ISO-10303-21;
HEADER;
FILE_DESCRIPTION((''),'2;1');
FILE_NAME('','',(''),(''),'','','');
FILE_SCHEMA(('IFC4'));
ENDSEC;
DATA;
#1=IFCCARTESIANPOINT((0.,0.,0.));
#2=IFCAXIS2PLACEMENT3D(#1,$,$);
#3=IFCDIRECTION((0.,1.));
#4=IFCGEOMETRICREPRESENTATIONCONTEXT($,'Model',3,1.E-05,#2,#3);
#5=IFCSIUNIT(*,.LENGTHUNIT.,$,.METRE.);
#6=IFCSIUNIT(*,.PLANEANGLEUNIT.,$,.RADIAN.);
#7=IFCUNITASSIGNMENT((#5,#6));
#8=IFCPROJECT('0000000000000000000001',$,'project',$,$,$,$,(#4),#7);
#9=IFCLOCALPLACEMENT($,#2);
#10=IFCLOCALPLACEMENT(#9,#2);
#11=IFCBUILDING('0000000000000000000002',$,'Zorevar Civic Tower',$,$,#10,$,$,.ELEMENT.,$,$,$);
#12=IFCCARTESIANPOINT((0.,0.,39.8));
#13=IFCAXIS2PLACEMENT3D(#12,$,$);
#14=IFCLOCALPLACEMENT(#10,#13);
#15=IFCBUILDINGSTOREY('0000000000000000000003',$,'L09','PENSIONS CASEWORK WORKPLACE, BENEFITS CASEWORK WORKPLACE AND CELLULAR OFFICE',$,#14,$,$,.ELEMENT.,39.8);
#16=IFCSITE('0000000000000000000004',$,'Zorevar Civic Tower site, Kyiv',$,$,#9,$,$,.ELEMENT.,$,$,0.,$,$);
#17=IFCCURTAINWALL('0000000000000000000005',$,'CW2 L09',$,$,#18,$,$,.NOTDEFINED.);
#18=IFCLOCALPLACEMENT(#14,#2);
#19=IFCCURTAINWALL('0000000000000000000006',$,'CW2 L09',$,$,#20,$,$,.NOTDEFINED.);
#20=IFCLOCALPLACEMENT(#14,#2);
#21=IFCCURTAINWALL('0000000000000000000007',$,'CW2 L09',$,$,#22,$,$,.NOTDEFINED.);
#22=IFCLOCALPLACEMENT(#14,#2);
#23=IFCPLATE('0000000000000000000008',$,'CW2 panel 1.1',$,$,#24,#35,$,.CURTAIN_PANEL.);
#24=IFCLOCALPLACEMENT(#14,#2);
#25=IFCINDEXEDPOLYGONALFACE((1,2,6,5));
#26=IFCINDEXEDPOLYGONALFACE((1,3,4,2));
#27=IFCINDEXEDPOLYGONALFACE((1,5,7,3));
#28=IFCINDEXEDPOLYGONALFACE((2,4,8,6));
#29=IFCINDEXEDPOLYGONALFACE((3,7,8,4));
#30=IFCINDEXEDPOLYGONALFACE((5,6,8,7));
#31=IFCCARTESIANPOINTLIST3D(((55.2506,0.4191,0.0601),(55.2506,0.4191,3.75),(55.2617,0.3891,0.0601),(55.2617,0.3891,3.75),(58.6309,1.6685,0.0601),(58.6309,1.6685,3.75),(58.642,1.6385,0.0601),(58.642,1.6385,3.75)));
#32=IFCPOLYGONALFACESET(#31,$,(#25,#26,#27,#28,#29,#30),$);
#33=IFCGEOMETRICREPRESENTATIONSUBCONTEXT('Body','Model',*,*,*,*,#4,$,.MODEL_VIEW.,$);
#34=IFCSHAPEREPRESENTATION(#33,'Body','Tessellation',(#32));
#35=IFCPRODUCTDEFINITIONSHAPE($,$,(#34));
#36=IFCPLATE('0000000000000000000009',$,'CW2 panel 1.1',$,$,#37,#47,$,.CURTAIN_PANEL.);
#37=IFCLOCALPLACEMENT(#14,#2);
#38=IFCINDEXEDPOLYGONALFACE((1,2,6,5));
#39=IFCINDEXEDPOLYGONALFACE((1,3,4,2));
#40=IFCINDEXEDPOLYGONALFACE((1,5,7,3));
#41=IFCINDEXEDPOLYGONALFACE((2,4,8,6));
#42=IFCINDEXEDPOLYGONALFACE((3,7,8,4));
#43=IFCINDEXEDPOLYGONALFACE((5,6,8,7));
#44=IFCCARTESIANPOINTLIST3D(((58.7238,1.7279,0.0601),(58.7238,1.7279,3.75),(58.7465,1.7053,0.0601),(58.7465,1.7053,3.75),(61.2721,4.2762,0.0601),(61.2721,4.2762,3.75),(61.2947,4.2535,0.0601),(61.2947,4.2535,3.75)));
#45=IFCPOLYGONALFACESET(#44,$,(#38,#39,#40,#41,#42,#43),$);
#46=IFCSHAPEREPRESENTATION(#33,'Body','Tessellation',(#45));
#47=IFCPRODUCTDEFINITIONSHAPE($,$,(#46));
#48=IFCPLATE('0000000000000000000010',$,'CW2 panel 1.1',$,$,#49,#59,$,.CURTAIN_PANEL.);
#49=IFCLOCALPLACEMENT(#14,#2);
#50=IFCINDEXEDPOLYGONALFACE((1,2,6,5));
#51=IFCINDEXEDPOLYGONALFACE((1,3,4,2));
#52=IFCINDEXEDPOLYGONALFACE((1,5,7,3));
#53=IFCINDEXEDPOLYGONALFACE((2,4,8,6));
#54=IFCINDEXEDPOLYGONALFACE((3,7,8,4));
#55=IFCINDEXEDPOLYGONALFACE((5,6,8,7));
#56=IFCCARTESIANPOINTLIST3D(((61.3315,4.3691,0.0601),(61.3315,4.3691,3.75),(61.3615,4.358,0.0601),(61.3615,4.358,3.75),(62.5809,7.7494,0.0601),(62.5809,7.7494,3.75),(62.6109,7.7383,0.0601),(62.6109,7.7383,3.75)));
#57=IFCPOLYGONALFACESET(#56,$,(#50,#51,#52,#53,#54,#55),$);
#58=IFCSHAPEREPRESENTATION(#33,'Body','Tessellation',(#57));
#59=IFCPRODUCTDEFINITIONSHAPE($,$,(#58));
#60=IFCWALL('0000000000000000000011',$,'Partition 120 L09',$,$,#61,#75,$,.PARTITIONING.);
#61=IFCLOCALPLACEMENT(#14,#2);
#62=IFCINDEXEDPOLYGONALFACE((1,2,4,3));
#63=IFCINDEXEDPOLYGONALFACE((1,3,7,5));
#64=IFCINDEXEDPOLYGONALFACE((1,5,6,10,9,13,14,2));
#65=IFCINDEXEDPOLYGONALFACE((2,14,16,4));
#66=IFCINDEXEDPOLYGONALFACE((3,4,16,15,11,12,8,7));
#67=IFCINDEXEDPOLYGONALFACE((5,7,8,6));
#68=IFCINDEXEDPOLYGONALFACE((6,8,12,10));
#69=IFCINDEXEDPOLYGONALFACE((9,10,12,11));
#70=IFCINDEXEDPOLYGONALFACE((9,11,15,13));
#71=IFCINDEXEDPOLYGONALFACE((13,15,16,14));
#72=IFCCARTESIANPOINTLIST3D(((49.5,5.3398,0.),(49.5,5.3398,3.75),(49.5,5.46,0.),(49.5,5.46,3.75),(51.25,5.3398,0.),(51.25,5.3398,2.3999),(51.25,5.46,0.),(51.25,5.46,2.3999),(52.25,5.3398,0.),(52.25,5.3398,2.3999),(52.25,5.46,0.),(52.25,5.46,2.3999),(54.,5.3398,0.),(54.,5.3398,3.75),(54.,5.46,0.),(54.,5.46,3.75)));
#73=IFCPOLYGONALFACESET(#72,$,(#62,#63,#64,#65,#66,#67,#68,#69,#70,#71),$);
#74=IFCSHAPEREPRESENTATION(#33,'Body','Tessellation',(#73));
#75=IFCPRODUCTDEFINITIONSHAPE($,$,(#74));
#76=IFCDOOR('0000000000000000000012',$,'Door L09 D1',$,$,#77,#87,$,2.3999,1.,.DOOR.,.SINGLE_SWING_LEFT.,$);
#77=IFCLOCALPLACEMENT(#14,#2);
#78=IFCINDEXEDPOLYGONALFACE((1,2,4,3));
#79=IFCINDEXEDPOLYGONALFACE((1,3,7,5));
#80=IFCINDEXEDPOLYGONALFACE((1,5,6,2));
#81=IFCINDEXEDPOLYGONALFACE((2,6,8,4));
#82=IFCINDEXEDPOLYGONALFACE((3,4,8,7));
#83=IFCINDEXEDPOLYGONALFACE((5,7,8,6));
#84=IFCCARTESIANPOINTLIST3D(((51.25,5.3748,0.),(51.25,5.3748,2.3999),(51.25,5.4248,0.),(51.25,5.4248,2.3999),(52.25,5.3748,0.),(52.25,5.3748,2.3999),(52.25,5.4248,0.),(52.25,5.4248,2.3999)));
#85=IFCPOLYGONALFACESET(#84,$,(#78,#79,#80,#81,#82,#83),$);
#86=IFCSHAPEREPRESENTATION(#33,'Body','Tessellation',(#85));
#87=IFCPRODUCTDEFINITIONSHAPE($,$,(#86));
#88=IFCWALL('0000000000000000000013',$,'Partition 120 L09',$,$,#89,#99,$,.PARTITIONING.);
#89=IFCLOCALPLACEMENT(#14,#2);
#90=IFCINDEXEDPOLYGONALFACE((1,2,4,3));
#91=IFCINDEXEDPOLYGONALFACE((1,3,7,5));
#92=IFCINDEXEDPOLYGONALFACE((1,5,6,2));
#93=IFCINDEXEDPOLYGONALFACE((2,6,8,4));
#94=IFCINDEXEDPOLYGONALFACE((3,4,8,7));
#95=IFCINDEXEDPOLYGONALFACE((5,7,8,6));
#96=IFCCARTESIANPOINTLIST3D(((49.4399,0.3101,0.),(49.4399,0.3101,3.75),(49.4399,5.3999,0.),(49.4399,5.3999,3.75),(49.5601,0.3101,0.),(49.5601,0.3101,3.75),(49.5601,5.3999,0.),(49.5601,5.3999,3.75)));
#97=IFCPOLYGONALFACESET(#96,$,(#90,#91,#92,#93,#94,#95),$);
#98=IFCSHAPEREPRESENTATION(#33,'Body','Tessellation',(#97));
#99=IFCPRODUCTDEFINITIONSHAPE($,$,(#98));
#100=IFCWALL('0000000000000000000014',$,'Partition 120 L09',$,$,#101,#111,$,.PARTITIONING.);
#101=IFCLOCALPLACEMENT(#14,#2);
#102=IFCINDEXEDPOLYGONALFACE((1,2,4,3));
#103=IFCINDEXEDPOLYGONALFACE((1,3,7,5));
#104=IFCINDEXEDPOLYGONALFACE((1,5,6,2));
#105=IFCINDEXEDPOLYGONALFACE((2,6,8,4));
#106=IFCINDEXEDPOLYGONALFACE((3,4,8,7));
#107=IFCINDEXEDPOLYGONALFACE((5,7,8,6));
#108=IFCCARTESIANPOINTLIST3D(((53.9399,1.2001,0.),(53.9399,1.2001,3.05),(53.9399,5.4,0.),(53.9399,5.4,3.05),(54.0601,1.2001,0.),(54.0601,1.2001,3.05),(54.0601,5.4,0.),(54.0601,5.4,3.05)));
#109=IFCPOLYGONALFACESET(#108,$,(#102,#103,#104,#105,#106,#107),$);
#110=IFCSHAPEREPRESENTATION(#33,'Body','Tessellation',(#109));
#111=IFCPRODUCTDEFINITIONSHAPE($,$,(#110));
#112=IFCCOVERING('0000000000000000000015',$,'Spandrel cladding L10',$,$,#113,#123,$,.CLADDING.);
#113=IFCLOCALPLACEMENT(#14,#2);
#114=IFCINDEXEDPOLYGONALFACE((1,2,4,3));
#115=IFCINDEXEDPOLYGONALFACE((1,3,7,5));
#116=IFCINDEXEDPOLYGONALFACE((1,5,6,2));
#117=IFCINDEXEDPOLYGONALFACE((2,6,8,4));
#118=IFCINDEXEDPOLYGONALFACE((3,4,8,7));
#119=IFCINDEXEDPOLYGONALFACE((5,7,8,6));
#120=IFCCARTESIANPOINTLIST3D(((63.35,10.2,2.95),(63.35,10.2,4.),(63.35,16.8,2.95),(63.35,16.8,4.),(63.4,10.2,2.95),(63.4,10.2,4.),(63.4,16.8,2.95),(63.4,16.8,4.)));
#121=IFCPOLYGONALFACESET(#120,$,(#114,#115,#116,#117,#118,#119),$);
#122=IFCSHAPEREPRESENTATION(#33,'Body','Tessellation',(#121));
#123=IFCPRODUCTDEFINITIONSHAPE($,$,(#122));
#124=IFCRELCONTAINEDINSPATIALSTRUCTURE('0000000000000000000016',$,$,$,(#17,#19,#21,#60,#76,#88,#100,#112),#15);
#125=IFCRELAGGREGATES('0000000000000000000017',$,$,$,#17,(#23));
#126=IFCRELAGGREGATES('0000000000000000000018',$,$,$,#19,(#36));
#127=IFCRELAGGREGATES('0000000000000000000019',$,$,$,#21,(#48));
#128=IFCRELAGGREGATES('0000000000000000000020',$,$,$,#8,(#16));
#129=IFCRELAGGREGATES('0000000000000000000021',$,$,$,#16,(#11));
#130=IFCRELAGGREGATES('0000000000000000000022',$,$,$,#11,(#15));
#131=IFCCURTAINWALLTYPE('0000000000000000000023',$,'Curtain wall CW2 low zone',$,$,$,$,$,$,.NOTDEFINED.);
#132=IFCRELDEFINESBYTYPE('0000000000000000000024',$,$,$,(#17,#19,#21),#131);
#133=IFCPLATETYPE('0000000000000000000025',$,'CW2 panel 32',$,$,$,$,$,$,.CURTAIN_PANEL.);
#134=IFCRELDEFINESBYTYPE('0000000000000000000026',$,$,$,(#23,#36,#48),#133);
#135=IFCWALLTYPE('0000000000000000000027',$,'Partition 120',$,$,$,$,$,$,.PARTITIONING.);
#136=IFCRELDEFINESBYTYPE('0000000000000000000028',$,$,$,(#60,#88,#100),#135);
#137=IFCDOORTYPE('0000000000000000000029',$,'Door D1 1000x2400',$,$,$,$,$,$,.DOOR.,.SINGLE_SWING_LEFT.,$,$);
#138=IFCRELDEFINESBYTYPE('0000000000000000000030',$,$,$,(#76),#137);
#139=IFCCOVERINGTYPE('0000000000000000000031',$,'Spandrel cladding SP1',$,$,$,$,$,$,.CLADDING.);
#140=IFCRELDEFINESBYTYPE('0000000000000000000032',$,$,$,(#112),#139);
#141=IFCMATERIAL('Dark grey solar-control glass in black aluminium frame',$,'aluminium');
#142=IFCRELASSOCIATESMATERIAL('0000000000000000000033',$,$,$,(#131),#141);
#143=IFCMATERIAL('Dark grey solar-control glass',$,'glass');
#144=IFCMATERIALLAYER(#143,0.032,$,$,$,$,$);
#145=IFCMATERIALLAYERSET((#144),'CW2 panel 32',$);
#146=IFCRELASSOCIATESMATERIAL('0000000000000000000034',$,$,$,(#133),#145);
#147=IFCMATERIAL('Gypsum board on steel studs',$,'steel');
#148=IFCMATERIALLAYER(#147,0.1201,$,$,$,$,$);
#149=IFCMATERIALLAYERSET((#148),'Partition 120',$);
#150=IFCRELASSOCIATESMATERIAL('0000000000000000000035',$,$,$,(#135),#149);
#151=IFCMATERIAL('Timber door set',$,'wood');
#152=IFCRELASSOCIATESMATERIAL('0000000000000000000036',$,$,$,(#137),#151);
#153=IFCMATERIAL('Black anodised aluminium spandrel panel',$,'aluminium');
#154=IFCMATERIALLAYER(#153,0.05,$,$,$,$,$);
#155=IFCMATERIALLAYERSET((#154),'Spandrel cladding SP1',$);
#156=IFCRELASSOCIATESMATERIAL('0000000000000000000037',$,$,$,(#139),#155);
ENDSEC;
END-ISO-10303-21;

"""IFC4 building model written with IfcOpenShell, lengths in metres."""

from ifc_helpers import new_model, si_unit, direction, frame, frame_2d, origin, origin_2d, place, context, subcontext, project, spatial, rectangle, extrude, material, layer, layer_set, type_object, element, fill, aggregate, save


model = new_model("IFC4")

# Units and contexts
model_context = context("Model", 3, precision=1e-05, world=origin(), true_north=direction((0.0, 1.0)))
body_context = subcontext(model_context, "Body", "Model", "MODEL_VIEW")
ifc_project = project(units=[si_unit("LENGTHUNIT", "METRE"), si_unit("PLANEANGLEUNIT", "RADIAN")], contexts=[model_context])

# Site, building, storey
site_placement = place(None, origin())
site = spatial("IfcSite", under=ifc_project, at=site_placement, Name="Zorevar Civic Tower site, Kyiv", CompositionType="ELEMENT", RefElevation=0.0)
building_placement = place(site_placement, origin())
building = spatial("IfcBuilding", under=site, at=building_placement, Name="Zorevar Civic Tower", CompositionType="ELEMENT")
storey_placement = place(building_placement, frame((0.0, 0.0, 39.8)))
storey = spatial("IfcBuildingStorey", under=building, at=storey_placement, Name="L09", Description="PENSIONS CASEWORK WORKPLACE, BENEFITS CASEWORK WORKPLACE AND CELLULAR OFFICE", CompositionType="ELEMENT", Elevation=39.8)

# Shared definitions
ifc_material_1 = material(Name="Dark grey solar-control glass in black aluminium frame", Category="aluminium")
curtain_wall_type = type_object("IfcCurtainWallType", Name="Curtain wall CW2 low zone", PredefinedType="NOTDEFINED", material=ifc_material_1)

# Curtain walls
curtain_wall_1_placement = place(storey_placement, origin())
curtain_wall_1 = element("IfcCurtainWall", 1, at=curtain_wall_1_placement, inside=storey, type_object=curtain_wall_type, Name="CW2 L09", PredefinedType="NOTDEFINED")
curtain_wall_2_placement = place(storey_placement, origin())
curtain_wall_2 = element("IfcCurtainWall", 2, at=curtain_wall_2_placement, inside=storey, type_object=curtain_wall_type, Name="CW2 L09", PredefinedType="NOTDEFINED")
curtain_wall_3_placement = place(storey_placement, origin())
curtain_wall_3 = element("IfcCurtainWall", 3, at=curtain_wall_3_placement, inside=storey, type_object=curtain_wall_type, Name="CW2 L09", PredefinedType="NOTDEFINED")

# Plates
ifc_material_2 = material(Name="Dark grey solar-control glass", Category="glass")
ifc_layer_1 = layer(ifc_material_2, 0.032)
ifc_layer_set_1 = layer_set([ifc_layer_1], Name="CW2 panel 32")
plate_type = type_object("IfcPlateType", Name="CW2 panel 32", PredefinedType="CURTAIN_PANEL", material=ifc_layer_set_1)
plate_1_placement = place(storey_placement, frame((56.9463, 1.0288, 0.0601), z_axis=(0.0, 0.0, 1.0), x_axis=(0.937975, 0.346704, 0.0)))
plate_1 = element("IfcPlate", 4, at=plate_1_placement, type_object=plate_type, Name="CW2 panel 1.1", PredefinedType="CURTAIN_PANEL", context=body_context, shape_type="SweptSolid", body=[
    extrude(rectangle(XDim=3.6038, YDim=0.032, at=origin_2d()), origin(), (0.0, 0.0, 1.0), 3.6899),
])
aggregate(curtain_wall_1, [plate_1])
plate_2_placement = place(storey_placement, frame((60.0093, 2.9907, 0.0601), z_axis=(0.0, 0.0, 1.0), x_axis=(0.707107, 0.707107, 0.0)))
plate_2 = element("IfcPlate", 5, at=plate_2_placement, type_object=plate_type, Name="CW2 panel 1.1", PredefinedType="CURTAIN_PANEL", context=body_context, shape_type="SweptSolid", body=[
    extrude(rectangle(XDim=3.6038, YDim=0.032, at=origin_2d()), origin(), (0.0, 0.0, 1.0), 3.6899),
])
aggregate(curtain_wall_2, [plate_2])
plate_3_placement = place(storey_placement, frame((61.9712, 6.0537, 0.0601), z_axis=(0.0, 0.0, 1.0), x_axis=(0.346704, 0.937975, 0.0)))
plate_3 = element("IfcPlate", 6, at=plate_3_placement, type_object=plate_type, Name="CW2 panel 1.1", PredefinedType="CURTAIN_PANEL", context=body_context, shape_type="SweptSolid", body=[
    extrude(rectangle(XDim=3.6038, YDim=0.032, at=origin_2d()), origin(), (0.0, 0.0, 1.0), 3.6899),
])
aggregate(curtain_wall_3, [plate_3])

# Wall, opening, door
ifc_material_3 = material(Name="Gypsum board on steel studs", Category="steel")
ifc_layer_2 = layer(ifc_material_3, 0.1201)
ifc_layer_set_2 = layer_set([ifc_layer_2], Name="Partition 120")
wall_type = type_object("IfcWallType", Name="Partition 120", PredefinedType="PARTITIONING", material=ifc_layer_set_2)
wall_1_placement = place(storey_placement, frame((49.5, 5.3999, 0.0), z_axis=(0.0, 0.0, 1.0), x_axis=(1.0, 0.0, 0.0)))
wall_1 = element("IfcWall", 7, at=wall_1_placement, inside=storey, type_object=wall_type, Name="Partition 120 L09", PredefinedType="PARTITIONING", context=body_context, shape_type="SweptSolid", body=[
    extrude(rectangle(XDim=4.5, YDim=0.1201, at=frame_2d((2.25, 0.0))), origin(), (0.0, 0.0, 1.0), 3.75),
])
opening_placement = place(wall_1_placement, frame((1.75, 0.0, 0.0)))
opening = element("IfcOpeningElement", 8, at=opening_placement, cuts=wall_1, PredefinedType="OPENING", context=body_context, shape_type="SweptSolid", body=[
    extrude(rectangle(XDim=1.0, YDim=2.3999, at=frame_2d((0.5, 1.2))), frame((0.0, 0.0701, 0.0), z_axis=(0.0, -1.0, 0.0), x_axis=(1.0, 0.0, 0.0)), (0.0, 0.0, 1.0), 0.1401),
])
ifc_material_4 = material(Name="Timber door set", Category="wood")
door_type = type_object("IfcDoorType", Name="Door D1 1000x2400", OperationType="SINGLE_SWING_LEFT", PredefinedType="DOOR", material=ifc_material_4)
door_placement = place(opening_placement, origin())
door = element("IfcDoor", 9, at=door_placement, inside=storey, type_object=door_type, Name="Door L09 D1", OperationType="SINGLE_SWING_LEFT", OverallHeight=2.3999, OverallWidth=1.0, PredefinedType="DOOR", context=body_context, shape_type="SweptSolid", body=[
    extrude(rectangle(XDim=1.0, YDim=2.3999, at=frame_2d((0.5, 1.2))), frame((0.0, 0.0249, 0.0), z_axis=(0.0, -1.0, 0.0), x_axis=(1.0, 0.0, 0.0)), (0.0, 0.0, 1.0), 0.05),
])
fill(opening, door)

# Walls
wall_2_placement = place(storey_placement, frame((49.5, 0.3101, 0.0), z_axis=(0.0, 0.0, 1.0), x_axis=(0.0, 1.0, 0.0)))
element("IfcWall", 10, at=wall_2_placement, inside=storey, type_object=wall_type, Name="Partition 120 L09", PredefinedType="PARTITIONING", context=body_context, shape_type="SweptSolid", body=[
    extrude(rectangle(XDim=5.0898, YDim=0.1201, at=frame_2d((2.5449, 0.0))), origin(), (0.0, 0.0, 1.0), 3.75),
])
wall_3_placement = place(storey_placement, frame((54.0, 1.2, 0.0), z_axis=(0.0, 0.0, 1.0), x_axis=(0.0, 1.0, 0.0)))
element("IfcWall", 11, at=wall_3_placement, inside=storey, type_object=wall_type, Name="Partition 120 L09", PredefinedType="PARTITIONING", context=body_context, shape_type="SweptSolid", body=[
    extrude(rectangle(XDim=4.2, YDim=0.1201, at=frame_2d((2.1001, 0.0))), origin(), (0.0, 0.0, 1.0), 3.05),
])

# Covering
ifc_material_5 = material(Name="Black anodised aluminium spandrel panel", Category="aluminium")
ifc_layer_3 = layer(ifc_material_5, 0.05)
ifc_layer_set_3 = layer_set([ifc_layer_3], Name="Spandrel cladding SP1")
covering_type = type_object("IfcCoveringType", Name="Spandrel cladding SP1", PredefinedType="CLADDING", material=ifc_layer_set_3)
covering_placement = place(storey_placement, frame((63.375, 10.2, 2.95), z_axis=(0.0, 0.0, 1.0), x_axis=(0.0, 1.0, 0.0)))
element("IfcCovering", 12, at=covering_placement, inside=storey, type_object=covering_type, Name="Spandrel cladding L10", PredefinedType="CLADDING", context=body_context, shape_type="SweptSolid", body=[
    extrude(rectangle(XDim=6.6001, YDim=0.05, at=frame_2d((3.3, 0.0))), origin(), (0.0, 0.0, 1.0), 1.05),
])

save(model, "model.ifc")
